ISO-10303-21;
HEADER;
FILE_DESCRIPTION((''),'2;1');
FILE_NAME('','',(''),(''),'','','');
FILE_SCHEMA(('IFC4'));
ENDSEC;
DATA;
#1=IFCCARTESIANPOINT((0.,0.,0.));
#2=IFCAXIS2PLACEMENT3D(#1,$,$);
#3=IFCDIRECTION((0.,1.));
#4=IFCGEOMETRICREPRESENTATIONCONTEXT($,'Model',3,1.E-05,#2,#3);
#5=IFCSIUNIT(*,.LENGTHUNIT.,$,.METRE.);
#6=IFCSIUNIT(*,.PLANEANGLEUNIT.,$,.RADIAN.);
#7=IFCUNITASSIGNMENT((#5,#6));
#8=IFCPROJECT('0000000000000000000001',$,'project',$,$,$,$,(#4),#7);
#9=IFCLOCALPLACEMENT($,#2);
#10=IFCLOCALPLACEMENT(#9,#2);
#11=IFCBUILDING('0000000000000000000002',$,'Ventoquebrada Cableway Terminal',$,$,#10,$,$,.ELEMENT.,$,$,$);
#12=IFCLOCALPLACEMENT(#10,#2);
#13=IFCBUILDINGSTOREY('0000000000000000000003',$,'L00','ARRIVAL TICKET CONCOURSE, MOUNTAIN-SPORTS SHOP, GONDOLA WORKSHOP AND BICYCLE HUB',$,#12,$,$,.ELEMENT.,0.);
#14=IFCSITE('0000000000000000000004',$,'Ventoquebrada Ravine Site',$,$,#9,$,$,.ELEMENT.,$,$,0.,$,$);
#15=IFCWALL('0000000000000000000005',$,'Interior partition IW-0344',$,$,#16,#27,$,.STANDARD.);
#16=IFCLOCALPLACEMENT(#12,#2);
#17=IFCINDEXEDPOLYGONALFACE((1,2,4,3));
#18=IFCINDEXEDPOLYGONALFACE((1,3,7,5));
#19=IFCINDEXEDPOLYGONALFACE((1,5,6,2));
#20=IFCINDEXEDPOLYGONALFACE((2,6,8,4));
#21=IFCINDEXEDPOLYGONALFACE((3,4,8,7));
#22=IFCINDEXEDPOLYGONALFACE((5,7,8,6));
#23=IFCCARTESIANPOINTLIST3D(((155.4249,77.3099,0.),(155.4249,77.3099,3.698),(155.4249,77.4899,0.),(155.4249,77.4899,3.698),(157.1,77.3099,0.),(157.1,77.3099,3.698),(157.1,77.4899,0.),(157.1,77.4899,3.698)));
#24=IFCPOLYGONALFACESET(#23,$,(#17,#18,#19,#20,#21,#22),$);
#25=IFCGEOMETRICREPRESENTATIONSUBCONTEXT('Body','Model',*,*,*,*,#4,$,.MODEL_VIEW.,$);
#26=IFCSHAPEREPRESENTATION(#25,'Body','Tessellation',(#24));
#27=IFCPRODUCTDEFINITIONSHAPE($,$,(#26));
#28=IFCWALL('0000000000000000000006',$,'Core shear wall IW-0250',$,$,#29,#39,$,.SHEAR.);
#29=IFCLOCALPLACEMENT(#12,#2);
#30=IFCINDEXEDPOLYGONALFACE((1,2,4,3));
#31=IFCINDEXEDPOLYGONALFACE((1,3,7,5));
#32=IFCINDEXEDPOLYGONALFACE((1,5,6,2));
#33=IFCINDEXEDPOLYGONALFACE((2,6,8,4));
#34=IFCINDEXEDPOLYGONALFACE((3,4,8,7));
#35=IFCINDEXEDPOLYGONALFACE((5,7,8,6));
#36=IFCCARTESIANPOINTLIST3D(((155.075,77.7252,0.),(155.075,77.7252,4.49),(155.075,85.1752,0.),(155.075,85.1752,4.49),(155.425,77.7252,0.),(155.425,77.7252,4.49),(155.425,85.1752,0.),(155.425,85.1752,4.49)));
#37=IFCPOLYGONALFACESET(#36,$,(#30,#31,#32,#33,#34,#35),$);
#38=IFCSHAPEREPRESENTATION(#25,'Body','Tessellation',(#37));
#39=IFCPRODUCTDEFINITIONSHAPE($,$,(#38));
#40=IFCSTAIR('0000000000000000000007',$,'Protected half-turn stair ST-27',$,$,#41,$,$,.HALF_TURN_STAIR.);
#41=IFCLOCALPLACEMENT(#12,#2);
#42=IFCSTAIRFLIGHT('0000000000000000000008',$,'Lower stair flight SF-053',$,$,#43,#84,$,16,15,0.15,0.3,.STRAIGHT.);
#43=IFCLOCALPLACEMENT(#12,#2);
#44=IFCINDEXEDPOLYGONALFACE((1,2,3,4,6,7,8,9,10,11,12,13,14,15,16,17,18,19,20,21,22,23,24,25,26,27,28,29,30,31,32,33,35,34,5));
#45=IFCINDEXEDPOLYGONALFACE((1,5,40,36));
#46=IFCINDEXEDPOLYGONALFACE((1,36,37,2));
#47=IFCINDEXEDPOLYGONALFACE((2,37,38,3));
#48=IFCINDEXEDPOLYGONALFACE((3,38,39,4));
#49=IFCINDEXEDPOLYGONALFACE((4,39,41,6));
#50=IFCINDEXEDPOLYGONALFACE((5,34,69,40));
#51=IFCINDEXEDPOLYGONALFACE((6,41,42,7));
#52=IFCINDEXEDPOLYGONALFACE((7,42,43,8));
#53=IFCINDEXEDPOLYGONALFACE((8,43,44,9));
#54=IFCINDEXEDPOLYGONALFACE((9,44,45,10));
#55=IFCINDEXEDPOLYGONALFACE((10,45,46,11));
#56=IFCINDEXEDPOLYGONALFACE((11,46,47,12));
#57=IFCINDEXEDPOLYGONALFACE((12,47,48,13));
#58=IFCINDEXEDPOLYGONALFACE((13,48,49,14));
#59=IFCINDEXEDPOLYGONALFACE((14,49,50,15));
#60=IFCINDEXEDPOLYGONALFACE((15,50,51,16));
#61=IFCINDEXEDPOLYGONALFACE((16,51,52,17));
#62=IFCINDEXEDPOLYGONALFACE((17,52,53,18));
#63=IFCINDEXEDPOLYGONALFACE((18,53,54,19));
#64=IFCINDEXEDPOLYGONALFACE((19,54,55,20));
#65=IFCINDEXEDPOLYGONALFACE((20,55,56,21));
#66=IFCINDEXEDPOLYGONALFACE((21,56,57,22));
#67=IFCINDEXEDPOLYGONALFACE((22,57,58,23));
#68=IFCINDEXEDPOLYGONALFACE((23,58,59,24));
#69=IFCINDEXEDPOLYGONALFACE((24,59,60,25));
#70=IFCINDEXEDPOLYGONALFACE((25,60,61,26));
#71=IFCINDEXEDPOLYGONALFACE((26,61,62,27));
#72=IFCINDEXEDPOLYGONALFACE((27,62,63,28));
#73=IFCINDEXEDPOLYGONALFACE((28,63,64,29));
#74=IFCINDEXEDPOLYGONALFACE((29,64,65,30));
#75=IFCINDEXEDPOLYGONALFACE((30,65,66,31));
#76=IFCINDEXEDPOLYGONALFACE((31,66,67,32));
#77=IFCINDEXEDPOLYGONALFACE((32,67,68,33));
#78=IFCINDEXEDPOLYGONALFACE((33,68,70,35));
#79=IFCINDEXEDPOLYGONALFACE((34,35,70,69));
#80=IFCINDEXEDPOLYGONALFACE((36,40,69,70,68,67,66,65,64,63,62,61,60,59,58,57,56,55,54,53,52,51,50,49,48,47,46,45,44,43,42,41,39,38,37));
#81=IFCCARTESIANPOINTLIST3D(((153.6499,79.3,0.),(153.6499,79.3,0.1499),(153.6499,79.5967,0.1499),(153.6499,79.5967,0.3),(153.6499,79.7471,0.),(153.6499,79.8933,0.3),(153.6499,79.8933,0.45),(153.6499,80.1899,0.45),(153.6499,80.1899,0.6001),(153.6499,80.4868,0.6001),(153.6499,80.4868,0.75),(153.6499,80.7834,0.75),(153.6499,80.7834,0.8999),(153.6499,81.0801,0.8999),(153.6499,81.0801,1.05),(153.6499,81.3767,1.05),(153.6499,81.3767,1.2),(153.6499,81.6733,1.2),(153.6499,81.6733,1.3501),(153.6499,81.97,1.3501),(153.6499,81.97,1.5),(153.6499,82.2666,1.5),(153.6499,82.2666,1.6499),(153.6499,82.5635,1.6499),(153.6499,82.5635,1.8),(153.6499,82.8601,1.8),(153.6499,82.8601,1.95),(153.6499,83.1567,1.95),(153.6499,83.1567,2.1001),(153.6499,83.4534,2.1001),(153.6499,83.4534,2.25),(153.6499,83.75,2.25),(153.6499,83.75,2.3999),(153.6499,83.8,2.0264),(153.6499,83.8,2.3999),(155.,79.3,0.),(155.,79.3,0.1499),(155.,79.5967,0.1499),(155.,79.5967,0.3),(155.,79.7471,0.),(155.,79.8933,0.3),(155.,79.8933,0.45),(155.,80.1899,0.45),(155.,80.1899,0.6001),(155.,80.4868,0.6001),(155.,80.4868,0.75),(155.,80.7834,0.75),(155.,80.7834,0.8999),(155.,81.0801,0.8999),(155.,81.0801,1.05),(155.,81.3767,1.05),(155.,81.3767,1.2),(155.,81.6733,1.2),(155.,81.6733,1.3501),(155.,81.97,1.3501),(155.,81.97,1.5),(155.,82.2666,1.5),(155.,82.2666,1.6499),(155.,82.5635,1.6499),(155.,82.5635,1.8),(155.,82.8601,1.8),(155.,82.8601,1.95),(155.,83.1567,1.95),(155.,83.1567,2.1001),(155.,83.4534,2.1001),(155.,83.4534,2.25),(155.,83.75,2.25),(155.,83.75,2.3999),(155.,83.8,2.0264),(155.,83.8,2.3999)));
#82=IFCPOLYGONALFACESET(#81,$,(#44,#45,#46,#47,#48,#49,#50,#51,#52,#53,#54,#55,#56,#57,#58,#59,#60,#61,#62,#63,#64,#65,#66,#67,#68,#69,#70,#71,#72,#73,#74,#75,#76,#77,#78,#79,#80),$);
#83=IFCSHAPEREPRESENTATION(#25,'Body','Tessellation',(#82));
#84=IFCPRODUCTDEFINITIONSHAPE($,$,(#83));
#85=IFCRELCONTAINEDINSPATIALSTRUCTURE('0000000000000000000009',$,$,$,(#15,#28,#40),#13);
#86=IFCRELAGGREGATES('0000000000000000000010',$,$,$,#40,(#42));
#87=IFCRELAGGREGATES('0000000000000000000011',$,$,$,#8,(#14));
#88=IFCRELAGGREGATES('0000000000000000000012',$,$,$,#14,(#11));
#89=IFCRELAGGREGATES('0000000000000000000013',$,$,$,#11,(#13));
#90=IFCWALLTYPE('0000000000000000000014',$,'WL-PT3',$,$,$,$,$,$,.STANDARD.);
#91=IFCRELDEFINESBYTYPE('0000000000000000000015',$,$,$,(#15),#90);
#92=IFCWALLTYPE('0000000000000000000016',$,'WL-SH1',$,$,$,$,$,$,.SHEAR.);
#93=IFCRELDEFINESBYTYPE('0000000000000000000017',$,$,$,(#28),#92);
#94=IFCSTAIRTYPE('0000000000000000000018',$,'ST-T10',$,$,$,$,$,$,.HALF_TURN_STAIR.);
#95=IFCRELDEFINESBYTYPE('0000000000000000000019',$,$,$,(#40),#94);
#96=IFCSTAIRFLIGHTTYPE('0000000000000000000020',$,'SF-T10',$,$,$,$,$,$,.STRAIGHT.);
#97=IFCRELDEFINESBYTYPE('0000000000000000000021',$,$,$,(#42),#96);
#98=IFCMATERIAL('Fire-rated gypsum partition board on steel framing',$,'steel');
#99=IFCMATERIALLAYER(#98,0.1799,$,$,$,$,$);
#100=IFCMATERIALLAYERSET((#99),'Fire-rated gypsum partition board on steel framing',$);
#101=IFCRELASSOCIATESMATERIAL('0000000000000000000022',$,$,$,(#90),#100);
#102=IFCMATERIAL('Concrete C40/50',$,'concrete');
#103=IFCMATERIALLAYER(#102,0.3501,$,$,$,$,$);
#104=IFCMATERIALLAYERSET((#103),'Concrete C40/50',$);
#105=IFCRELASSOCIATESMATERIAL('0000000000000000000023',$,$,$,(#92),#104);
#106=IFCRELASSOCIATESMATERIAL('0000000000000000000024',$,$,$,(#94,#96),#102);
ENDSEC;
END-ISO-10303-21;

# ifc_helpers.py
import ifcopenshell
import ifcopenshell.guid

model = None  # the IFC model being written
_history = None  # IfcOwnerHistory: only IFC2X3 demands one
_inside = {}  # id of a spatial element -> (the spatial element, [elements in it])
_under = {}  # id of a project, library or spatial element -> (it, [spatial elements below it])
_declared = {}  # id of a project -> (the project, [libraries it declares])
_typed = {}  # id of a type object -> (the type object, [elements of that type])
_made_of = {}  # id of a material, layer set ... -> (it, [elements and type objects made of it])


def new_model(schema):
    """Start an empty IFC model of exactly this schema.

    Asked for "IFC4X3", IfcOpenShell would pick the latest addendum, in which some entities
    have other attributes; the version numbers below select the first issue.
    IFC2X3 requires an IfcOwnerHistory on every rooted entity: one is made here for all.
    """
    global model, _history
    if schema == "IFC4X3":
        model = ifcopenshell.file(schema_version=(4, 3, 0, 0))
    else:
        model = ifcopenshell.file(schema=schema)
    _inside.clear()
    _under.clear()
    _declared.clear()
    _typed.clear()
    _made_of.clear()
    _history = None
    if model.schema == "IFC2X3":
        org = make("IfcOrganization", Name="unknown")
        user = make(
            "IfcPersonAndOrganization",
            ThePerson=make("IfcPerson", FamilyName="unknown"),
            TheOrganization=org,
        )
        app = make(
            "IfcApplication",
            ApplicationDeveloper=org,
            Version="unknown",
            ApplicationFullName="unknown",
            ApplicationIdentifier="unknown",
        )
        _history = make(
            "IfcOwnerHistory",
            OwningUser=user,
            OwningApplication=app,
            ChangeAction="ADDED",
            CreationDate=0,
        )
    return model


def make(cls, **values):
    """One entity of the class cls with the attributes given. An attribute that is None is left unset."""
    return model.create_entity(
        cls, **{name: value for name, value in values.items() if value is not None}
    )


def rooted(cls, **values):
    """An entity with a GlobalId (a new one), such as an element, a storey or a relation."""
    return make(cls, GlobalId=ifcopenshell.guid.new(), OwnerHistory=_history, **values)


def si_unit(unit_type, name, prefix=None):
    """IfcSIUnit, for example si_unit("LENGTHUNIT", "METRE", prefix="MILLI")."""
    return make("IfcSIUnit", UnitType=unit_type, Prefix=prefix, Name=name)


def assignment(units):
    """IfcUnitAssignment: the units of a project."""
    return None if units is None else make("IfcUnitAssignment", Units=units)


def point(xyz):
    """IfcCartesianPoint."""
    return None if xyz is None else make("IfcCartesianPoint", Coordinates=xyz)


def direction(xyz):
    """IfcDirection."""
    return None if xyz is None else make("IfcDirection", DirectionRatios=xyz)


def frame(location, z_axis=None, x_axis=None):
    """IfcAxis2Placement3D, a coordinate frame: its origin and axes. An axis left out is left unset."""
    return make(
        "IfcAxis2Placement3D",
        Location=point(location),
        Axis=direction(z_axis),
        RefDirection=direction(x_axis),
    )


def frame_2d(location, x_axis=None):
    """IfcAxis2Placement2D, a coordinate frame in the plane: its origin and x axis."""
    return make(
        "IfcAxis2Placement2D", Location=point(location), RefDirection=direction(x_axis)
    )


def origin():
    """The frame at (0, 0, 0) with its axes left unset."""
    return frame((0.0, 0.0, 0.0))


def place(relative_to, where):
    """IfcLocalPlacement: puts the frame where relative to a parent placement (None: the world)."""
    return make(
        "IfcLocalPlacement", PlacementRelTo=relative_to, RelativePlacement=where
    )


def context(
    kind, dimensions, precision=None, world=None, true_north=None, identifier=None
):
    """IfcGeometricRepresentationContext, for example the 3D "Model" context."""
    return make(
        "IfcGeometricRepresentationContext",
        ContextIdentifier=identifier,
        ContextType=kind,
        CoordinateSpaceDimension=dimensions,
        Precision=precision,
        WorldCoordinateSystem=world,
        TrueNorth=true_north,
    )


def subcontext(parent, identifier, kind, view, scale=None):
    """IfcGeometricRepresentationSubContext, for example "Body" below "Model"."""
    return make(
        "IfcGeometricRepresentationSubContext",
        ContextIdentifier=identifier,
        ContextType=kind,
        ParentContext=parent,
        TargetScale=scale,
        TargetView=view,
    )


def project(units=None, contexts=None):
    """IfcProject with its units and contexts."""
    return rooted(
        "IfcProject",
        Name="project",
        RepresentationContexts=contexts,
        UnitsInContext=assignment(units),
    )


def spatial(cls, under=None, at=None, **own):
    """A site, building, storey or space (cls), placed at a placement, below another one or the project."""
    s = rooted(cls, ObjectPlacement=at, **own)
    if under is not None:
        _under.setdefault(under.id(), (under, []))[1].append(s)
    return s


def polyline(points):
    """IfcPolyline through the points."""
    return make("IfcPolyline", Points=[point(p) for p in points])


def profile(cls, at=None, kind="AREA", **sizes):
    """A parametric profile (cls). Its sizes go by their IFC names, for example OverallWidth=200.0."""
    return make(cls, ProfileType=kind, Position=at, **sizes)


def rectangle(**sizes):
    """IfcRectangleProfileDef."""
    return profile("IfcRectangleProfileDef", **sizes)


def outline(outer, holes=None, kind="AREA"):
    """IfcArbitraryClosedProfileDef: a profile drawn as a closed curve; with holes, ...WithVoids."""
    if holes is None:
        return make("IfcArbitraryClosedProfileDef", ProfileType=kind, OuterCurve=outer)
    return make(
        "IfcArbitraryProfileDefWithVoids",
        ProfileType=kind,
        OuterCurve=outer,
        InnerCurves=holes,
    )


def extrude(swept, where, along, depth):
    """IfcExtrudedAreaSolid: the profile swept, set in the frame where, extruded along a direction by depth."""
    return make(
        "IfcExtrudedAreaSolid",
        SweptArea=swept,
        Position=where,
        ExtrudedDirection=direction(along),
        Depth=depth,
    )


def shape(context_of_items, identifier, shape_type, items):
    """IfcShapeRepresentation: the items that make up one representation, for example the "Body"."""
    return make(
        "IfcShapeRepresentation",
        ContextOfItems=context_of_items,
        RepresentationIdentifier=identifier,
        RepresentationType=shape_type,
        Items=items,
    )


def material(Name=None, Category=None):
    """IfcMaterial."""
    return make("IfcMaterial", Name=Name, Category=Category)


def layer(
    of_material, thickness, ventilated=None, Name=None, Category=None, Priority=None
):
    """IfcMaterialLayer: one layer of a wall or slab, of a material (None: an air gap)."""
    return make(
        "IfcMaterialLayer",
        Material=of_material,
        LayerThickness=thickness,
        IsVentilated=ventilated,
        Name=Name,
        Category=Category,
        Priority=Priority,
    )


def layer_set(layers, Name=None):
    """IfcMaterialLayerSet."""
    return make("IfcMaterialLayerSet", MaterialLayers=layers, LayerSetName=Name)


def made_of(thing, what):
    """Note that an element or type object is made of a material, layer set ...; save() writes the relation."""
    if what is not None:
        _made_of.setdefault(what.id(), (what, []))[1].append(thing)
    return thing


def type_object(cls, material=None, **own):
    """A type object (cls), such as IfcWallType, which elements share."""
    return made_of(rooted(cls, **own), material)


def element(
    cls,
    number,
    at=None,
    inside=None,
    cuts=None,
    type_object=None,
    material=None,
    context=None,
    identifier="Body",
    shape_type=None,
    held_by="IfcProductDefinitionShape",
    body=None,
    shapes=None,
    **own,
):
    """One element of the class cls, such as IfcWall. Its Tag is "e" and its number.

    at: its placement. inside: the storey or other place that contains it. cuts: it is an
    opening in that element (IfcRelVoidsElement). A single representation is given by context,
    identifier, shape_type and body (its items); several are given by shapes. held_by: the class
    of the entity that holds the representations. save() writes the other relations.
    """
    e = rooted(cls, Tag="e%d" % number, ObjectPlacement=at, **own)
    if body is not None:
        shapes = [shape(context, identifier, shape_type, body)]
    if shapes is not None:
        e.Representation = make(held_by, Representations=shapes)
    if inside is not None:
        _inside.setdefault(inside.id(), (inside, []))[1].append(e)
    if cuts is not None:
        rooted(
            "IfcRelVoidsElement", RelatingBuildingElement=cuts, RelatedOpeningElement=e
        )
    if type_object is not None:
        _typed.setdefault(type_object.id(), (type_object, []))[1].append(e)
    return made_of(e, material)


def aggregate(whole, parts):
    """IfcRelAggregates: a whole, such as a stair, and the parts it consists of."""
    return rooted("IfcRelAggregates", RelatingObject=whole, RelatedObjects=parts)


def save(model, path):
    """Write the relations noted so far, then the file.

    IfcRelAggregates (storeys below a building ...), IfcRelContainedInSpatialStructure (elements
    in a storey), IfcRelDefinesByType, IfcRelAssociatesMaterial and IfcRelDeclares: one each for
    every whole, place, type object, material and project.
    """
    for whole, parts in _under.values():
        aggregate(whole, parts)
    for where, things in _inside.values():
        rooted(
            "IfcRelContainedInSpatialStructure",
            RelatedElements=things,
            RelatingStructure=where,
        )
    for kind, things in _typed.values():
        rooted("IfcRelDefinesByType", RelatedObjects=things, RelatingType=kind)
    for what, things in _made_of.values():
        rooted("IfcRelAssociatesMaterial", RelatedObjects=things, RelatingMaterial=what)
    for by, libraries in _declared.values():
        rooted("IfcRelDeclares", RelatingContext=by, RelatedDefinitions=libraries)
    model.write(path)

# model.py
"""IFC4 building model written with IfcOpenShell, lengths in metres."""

from ifc_helpers import new_model, si_unit, direction, frame, frame_2d, origin, place, context, subcontext, project, spatial, polyline, rectangle, outline, extrude, material, layer, layer_set, type_object, element, aggregate, save


model = new_model("IFC4")

# Units and contexts
model_context = context("Model", 3, precision=1e-05, world=origin(), true_north=direction((0.0, 1.0)))
body_context = subcontext(model_context, "Body", "Model", "MODEL_VIEW")
ifc_project = project(units=[si_unit("LENGTHUNIT", "METRE"), si_unit("PLANEANGLEUNIT", "RADIAN")], contexts=[model_context])

# Site, building, storey
site_placement = place(None, origin())
site = spatial("IfcSite", under=ifc_project, at=site_placement, Name="Ventoquebrada Ravine Site", CompositionType="ELEMENT", RefElevation=0.0)
building_placement = place(site_placement, origin())
building = spatial("IfcBuilding", under=site, at=building_placement, Name="Ventoquebrada Cableway Terminal", CompositionType="ELEMENT")
storey_placement = place(building_placement, origin())
storey = spatial("IfcBuildingStorey", under=building, at=storey_placement, Name="L00", Description="ARRIVAL TICKET CONCOURSE, MOUNTAIN-SPORTS SHOP, GONDOLA WORKSHOP AND BICYCLE HUB", CompositionType="ELEMENT", Elevation=0.0)

# Shared definitions
ifc_material_1 = material(Name="Concrete C40/50", Category="concrete")

# Walls
ifc_material_2 = material(Name="Fire-rated gypsum partition board on steel framing", Category="steel")
ifc_layer_1 = layer(ifc_material_2, 0.1799)
ifc_layer_set_1 = layer_set([ifc_layer_1], Name="Fire-rated gypsum partition board on steel framing")
wall_type_1 = type_object("IfcWallType", Name="WL-PT3", PredefinedType="STANDARD", material=ifc_layer_set_1)
wall_1_placement = place(storey_placement, frame((155.425, 77.3999, 0.0), z_axis=(0.0, 0.0, 1.0), x_axis=(1.0, 0.0, 0.0)))
element("IfcWall", 1, at=wall_1_placement, inside=storey, type_object=wall_type_1, Name="Interior partition IW-0344", PredefinedType="STANDARD", context=body_context, shape_type="SweptSolid", body=[
    extrude(rectangle(XDim=1.675, YDim=0.1799, at=frame_2d((0.8374, 0.0))), origin(), (0.0, 0.0, 1.0), 3.698),
])
ifc_layer_2 = layer(ifc_material_1, 0.3501)
ifc_layer_set_2 = layer_set([ifc_layer_2], Name="Concrete C40/50")
wall_type_2 = type_object("IfcWallType", Name="WL-SH1", PredefinedType="SHEAR", material=ifc_layer_set_2)
wall_2_placement = place(storey_placement, frame((155.25, 77.7251, 0.0), z_axis=(0.0, 0.0, 1.0), x_axis=(0.0, 1.0, 0.0)))
element("IfcWall", 2, at=wall_2_placement, inside=storey, type_object=wall_type_2, Name="Core shear wall IW-0250", PredefinedType="SHEAR", context=body_context, shape_type="SweptSolid", body=[
    extrude(rectangle(XDim=7.45, YDim=0.3501, at=frame_2d((3.7251, 0.0))), origin(), (0.0, 0.0, 1.0), 4.49),
])

# Stair, stair flight
stair_type = type_object("IfcStairType", Name="ST-T10", PredefinedType="HALF_TURN_STAIR", material=ifc_material_1)
stair_placement = place(storey_placement, origin())
stair = element("IfcStair", 3, at=stair_placement, inside=storey, type_object=stair_type, Name="Protected half-turn stair ST-27", PredefinedType="HALF_TURN_STAIR")
stair_flight_type = type_object("IfcStairFlightType", Name="SF-T10", PredefinedType="STRAIGHT", material=ifc_material_1)
stair_flight_placement = place(storey_placement, frame((154.325, 79.3, 0.0), z_axis=(0.0, 0.0, 1.0), x_axis=(0.0, 1.0, 0.0)))
stair_flight = element("IfcStairFlight", 4, at=stair_flight_placement, type_object=stair_flight_type, Name="Lower stair flight SF-053", NumberOfRisers=16, NumberOfTreads=15, PredefinedType="STRAIGHT", RiserHeight=0.15, TreadLength=0.3, context=body_context, shape_type="SweptSolid", body=[
    extrude(outline(polyline([(0.0, 0.0), (0.0, 0.1499), (0.2966, 0.1499), (0.2966, 0.3), (0.5933, 0.3), (0.5933, 0.45), (0.8899, 0.45), (0.8899, 0.6001), (1.1868, 0.6001), (1.1868, 0.75), (1.4834, 0.75), (1.4834, 0.8999), (1.78, 0.8999), (1.78, 1.05), (2.0767, 1.05), (2.0767, 1.2), (2.3733, 1.2), (2.3733, 1.3501), (2.6699, 1.3501), (2.6699, 1.5), (2.9666, 1.5), (2.9666, 1.6499), (3.2634, 1.6499), (3.2634, 1.8), (3.5601, 1.8), (3.5601, 1.95), (3.8567, 1.95), (3.8567, 2.1001), (4.1533, 2.1001), (4.1533, 2.25), (4.45, 2.25), (4.45, 2.3999), (4.5, 2.3999), (4.5, 2.0264), (0.447, 0.0), (0.0, 0.0)])), frame((0.0, 0.675, 0.0), z_axis=(0.0, -1.0, 0.0), x_axis=(1.0, 0.0, 0.0)), (0.0, 0.0, 1.0), 1.3501),
])
aggregate(stair, [stair_flight])

save(model, "model.ifc")
